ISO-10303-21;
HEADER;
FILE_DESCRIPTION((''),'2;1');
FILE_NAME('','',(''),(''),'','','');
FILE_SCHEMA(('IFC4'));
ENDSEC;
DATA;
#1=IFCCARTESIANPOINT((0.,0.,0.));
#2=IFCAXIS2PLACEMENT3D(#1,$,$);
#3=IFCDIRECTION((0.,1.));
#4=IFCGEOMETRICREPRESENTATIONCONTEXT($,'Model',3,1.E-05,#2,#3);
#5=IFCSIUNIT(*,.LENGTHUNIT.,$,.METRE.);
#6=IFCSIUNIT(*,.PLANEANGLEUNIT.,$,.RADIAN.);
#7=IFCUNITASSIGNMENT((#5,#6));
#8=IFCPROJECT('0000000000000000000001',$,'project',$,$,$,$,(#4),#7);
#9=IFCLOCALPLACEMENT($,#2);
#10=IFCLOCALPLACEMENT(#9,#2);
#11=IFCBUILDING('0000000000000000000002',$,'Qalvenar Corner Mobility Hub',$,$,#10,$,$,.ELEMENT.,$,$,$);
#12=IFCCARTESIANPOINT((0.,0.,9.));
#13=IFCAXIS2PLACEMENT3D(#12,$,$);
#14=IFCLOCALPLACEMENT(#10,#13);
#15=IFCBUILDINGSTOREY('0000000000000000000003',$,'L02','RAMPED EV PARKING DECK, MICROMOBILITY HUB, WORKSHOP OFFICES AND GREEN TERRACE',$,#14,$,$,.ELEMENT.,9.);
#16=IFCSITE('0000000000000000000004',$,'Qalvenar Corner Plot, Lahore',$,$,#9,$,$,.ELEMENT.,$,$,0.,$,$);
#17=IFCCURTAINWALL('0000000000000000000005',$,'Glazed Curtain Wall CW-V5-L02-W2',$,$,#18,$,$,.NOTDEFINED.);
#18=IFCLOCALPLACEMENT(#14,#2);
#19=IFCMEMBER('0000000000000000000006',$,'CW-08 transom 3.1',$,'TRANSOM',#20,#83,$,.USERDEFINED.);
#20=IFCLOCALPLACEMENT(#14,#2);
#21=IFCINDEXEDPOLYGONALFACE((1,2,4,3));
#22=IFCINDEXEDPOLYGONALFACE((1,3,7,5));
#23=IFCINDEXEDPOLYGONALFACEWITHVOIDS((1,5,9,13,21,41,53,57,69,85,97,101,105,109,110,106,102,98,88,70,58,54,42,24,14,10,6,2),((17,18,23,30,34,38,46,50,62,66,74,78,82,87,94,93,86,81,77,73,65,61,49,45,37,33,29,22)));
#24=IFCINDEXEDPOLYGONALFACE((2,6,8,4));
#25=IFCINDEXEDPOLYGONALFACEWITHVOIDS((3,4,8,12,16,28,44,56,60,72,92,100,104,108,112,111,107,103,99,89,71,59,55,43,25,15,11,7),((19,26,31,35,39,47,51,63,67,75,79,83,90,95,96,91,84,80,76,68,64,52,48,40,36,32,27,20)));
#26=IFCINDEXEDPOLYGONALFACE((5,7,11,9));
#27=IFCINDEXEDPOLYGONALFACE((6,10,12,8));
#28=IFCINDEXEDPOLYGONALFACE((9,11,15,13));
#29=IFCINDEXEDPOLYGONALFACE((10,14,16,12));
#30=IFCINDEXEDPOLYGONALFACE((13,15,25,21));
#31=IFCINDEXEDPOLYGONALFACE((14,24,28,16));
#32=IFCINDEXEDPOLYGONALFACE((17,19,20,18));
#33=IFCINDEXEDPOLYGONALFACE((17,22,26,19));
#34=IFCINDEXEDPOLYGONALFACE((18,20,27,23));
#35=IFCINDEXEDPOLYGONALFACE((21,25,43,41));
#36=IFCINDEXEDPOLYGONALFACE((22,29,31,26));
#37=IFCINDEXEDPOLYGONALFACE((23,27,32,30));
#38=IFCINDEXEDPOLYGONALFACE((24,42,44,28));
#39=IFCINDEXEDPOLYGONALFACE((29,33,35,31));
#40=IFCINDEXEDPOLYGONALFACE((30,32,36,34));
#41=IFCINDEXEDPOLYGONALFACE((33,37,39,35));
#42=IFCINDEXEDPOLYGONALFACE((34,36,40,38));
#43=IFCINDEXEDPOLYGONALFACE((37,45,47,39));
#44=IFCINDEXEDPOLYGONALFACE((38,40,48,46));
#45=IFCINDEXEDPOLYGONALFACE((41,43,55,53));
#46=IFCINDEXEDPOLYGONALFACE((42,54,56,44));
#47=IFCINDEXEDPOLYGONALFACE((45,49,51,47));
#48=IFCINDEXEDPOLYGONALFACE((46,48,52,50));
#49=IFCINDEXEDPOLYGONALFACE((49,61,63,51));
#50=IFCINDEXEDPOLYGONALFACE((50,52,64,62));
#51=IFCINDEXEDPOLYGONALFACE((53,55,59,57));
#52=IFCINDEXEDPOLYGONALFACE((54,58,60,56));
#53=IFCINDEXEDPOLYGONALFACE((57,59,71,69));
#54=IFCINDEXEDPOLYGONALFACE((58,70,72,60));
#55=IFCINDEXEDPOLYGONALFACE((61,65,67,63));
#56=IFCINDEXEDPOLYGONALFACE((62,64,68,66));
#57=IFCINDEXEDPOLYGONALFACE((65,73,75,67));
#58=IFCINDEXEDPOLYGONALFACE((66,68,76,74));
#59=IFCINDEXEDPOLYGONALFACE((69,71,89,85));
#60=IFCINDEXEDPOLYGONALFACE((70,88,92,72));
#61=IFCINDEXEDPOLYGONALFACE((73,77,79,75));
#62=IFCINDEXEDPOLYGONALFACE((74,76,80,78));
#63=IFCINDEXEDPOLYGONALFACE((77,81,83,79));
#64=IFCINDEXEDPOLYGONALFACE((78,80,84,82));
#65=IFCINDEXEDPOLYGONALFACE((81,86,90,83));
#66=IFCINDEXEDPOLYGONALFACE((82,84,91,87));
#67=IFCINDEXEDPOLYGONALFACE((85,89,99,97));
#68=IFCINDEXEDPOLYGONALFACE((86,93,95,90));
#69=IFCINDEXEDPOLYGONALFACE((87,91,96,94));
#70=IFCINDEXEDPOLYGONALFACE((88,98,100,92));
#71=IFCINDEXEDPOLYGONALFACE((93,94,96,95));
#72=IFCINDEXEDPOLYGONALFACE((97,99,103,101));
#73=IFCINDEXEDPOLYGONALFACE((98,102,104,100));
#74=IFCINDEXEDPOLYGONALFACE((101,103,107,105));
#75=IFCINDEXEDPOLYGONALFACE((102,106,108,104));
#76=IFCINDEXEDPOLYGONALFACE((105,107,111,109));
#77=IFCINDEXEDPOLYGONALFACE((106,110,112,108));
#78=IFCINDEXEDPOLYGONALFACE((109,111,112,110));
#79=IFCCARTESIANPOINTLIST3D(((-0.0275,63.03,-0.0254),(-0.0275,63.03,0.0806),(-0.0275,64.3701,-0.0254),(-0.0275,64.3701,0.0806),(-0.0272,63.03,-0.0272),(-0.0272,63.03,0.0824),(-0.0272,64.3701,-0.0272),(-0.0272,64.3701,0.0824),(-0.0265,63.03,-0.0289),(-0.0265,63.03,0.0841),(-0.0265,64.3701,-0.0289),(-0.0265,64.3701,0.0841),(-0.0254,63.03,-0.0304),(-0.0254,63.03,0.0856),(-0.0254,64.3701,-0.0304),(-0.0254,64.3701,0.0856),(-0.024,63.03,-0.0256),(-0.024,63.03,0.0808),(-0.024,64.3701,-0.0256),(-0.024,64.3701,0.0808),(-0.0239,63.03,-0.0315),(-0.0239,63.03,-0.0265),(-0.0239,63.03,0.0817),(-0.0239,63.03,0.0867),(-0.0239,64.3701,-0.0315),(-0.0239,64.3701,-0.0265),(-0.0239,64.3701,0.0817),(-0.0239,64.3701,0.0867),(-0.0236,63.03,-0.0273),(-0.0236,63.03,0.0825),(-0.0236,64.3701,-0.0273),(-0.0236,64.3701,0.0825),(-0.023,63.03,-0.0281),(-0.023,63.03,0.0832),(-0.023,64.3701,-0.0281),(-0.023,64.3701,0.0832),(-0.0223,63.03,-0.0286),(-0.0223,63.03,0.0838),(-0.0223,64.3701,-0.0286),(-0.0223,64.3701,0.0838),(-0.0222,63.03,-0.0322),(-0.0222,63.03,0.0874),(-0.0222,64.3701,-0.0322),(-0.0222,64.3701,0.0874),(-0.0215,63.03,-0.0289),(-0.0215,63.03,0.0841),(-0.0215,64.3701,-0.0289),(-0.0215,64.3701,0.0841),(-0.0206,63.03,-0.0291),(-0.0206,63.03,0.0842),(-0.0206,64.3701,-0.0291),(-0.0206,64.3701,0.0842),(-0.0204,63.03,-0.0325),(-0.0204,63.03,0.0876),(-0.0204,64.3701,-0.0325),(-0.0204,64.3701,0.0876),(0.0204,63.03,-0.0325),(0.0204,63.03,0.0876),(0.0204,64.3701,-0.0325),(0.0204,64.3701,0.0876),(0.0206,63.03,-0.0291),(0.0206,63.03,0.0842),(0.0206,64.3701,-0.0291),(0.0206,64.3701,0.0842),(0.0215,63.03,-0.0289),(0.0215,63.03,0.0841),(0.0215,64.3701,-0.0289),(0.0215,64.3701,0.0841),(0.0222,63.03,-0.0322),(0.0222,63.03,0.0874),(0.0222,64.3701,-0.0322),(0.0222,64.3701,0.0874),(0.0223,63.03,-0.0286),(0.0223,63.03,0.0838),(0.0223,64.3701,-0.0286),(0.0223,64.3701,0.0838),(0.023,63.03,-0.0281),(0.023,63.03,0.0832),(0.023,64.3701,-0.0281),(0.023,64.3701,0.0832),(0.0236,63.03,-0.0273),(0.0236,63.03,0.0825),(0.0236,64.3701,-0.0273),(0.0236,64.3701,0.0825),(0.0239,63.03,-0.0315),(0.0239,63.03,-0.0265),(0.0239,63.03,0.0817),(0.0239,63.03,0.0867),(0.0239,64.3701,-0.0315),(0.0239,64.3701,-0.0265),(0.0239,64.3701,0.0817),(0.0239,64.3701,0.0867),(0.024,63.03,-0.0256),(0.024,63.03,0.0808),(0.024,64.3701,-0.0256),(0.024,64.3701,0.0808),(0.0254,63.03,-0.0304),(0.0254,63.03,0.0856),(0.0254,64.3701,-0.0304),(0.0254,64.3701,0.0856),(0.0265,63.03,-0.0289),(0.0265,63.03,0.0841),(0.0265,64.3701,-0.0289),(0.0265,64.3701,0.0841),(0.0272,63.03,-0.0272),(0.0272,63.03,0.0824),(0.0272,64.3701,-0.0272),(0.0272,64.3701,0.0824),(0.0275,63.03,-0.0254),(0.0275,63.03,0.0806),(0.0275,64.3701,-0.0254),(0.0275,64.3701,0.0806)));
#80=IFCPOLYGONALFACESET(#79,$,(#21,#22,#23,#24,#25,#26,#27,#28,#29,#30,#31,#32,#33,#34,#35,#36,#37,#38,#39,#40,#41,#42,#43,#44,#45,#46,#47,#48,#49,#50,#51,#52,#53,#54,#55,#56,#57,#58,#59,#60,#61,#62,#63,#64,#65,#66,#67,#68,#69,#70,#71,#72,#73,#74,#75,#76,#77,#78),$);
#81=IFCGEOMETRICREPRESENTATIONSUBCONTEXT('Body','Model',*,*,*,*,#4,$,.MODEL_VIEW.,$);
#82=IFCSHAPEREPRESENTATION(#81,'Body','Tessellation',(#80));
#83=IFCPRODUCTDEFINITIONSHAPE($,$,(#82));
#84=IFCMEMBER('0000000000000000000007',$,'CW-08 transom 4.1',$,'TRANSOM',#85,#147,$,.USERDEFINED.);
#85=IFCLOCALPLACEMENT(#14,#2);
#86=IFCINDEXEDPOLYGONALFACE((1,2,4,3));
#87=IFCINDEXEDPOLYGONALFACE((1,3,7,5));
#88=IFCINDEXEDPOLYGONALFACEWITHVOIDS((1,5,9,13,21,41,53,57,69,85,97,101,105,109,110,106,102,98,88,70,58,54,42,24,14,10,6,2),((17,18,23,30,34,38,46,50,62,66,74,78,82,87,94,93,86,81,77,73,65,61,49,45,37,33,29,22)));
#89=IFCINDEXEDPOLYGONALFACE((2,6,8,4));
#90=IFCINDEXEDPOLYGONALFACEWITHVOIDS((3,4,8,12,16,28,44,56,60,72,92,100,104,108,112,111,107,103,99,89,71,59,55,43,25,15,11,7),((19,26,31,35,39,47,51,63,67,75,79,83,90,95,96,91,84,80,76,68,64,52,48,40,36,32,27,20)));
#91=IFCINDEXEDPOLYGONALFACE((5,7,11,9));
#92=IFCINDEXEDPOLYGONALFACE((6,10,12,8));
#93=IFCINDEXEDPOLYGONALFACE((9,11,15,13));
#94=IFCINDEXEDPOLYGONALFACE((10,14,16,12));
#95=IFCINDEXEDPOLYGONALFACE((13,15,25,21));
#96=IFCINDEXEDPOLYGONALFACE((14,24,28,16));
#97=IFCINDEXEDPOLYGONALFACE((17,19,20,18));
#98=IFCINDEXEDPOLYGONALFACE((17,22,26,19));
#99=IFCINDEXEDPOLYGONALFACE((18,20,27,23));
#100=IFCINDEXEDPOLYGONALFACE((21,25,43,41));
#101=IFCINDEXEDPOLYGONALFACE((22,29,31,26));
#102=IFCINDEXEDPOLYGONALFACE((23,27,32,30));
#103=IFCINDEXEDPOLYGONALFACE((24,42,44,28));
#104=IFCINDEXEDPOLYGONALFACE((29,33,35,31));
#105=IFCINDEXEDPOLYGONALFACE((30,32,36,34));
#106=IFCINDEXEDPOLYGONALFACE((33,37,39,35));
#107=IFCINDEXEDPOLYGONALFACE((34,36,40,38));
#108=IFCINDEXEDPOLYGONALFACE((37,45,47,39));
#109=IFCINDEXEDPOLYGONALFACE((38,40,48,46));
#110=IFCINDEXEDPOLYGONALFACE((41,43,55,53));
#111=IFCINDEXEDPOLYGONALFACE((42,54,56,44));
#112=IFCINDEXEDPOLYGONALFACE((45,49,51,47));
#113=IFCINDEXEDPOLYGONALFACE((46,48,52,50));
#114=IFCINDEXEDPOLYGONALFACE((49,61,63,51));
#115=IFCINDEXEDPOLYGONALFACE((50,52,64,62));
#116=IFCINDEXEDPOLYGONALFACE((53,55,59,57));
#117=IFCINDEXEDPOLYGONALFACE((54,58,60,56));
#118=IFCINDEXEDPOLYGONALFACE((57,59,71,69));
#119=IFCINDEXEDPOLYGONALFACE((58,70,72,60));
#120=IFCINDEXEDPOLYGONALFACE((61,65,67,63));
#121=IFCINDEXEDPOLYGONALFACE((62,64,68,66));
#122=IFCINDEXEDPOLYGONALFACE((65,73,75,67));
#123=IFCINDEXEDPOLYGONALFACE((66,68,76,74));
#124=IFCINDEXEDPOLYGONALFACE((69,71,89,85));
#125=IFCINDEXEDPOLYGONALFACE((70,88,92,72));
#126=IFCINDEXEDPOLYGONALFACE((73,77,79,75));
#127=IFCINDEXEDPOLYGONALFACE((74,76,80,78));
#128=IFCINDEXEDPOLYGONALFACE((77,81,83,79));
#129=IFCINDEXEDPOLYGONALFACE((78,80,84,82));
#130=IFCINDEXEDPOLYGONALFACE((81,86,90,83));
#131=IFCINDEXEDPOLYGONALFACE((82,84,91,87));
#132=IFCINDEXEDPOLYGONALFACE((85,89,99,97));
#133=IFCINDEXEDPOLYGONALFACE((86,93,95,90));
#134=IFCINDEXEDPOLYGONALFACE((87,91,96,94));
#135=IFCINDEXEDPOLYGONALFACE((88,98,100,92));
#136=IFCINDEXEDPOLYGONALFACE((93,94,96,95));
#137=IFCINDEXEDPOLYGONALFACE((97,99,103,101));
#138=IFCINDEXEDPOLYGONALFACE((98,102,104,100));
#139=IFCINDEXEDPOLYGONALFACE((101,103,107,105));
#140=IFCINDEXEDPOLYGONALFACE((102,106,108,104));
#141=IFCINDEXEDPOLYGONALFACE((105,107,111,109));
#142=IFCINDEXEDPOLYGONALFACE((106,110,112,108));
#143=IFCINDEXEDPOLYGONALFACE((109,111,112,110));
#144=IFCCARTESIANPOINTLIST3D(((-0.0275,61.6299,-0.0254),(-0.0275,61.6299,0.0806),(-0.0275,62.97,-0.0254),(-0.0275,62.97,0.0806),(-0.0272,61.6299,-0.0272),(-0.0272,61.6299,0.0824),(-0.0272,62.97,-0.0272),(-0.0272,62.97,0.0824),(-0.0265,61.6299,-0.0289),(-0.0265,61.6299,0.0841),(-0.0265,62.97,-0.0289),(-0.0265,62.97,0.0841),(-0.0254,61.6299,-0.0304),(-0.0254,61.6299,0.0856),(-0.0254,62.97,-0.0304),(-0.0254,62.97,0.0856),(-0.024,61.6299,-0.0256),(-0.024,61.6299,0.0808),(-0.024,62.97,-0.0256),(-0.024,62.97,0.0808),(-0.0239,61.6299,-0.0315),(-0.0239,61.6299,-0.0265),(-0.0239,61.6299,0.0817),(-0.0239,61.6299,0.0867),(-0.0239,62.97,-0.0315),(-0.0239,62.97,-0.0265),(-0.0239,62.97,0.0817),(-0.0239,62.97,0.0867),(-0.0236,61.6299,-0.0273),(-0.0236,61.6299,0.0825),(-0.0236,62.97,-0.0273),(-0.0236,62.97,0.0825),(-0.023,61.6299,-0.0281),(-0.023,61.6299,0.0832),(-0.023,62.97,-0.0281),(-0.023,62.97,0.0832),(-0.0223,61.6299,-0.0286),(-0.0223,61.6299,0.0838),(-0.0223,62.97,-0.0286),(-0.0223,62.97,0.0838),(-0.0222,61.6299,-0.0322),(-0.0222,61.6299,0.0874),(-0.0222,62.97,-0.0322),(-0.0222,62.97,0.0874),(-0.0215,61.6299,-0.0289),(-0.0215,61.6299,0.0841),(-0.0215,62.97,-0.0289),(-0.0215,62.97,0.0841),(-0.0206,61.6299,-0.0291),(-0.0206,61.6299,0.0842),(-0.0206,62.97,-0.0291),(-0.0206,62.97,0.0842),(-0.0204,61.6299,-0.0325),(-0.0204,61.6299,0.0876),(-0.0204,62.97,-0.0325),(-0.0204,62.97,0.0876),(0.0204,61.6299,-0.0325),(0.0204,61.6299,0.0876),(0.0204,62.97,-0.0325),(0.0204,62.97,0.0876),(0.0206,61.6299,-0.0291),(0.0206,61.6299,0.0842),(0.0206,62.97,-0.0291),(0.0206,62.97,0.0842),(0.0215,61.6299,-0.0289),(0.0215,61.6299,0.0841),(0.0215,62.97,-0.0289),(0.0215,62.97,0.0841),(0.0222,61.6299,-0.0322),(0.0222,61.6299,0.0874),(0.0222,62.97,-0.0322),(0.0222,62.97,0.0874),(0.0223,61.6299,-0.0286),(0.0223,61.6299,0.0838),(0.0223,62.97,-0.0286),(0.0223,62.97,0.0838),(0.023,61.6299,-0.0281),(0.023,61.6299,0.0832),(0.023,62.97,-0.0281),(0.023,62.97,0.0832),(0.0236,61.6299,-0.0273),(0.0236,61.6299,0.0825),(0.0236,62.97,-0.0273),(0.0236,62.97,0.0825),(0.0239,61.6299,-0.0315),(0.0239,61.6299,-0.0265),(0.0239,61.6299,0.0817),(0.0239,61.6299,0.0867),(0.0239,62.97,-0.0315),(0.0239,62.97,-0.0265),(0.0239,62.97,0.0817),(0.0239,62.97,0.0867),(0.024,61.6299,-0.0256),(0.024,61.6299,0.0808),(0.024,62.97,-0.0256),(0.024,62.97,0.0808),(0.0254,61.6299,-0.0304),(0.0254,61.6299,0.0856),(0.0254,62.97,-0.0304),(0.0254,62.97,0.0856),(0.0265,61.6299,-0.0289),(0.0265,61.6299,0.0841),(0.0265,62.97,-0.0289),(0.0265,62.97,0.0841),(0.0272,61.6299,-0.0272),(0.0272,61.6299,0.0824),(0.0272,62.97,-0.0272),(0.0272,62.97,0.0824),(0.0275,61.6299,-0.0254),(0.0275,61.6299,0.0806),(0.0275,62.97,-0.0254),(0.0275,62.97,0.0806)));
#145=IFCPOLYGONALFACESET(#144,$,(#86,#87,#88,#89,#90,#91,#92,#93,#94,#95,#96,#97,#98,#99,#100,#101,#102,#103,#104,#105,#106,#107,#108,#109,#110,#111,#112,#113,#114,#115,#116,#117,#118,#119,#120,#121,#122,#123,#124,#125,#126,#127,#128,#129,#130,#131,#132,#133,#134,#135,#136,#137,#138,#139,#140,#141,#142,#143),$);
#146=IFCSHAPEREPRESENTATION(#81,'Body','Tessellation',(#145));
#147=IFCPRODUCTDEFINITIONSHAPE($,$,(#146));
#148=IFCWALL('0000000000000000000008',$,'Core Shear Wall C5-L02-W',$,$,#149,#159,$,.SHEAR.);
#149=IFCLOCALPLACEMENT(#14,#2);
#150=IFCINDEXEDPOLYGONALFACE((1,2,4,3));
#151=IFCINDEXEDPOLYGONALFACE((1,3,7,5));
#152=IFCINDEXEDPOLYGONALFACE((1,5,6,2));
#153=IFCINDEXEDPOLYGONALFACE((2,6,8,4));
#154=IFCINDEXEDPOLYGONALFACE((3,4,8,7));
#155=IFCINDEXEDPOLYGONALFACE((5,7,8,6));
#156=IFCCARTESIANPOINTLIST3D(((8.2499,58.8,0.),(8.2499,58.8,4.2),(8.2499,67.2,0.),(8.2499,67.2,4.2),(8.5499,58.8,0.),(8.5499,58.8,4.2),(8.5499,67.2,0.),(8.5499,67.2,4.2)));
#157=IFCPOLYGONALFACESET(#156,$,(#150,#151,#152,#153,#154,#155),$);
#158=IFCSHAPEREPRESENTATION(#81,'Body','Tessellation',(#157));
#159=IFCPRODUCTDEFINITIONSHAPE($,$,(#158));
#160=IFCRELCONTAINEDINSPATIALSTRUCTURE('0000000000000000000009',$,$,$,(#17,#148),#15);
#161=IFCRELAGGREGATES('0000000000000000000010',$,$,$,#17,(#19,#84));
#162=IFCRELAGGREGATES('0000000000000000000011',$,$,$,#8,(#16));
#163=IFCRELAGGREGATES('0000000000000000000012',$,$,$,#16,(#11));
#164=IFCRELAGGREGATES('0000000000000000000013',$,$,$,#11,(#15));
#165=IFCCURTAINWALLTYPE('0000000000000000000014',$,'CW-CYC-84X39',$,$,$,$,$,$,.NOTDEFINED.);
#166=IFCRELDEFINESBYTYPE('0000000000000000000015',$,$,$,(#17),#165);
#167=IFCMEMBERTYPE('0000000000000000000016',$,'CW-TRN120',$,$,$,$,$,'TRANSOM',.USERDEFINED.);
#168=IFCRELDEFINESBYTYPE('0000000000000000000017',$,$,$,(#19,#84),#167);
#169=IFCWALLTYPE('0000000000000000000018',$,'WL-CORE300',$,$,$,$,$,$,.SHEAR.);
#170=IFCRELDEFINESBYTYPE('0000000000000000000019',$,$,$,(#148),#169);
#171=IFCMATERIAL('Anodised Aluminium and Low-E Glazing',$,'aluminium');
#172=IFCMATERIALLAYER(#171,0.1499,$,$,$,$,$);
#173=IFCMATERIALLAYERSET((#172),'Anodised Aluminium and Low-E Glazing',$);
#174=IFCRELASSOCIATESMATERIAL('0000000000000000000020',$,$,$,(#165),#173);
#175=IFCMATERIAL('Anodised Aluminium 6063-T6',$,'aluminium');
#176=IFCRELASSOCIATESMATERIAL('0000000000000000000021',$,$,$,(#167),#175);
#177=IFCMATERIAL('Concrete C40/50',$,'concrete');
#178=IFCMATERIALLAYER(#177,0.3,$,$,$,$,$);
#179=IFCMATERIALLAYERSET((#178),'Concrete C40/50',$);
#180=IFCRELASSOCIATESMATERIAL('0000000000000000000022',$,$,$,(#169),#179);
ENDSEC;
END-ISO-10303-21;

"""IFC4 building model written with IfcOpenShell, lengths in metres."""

from ifc_helpers import new_model, si_unit, direction, frame, frame_2d, origin, origin_2d, place, context, subcontext, project, spatial, rectangle, hollow_rectangle, extrude, material, layer, layer_set, material_profile, profile_set, type_object, element, aggregate, save


model = new_model("IFC4")

# Units and contexts
model_context = context("Model", 3, precision=1e-05, world=origin(), true_north=direction((0.0, 1.0)))
body_context = subcontext(model_context, "Body", "Model", "MODEL_VIEW")
ifc_project = project(units=[si_unit("LENGTHUNIT", "METRE"), si_unit("PLANEANGLEUNIT", "RADIAN")], contexts=[model_context])

# Site, building, storey
site_placement = place(None, origin())
site = spatial("IfcSite", under=ifc_project, at=site_placement, Name="Qalvenar Corner Plot, Lahore", CompositionType="ELEMENT", RefElevation=0.0)
building_placement = place(site_placement, origin())
building = spatial("IfcBuilding", under=site, at=building_placement, Name="Qalvenar Corner Mobility Hub", CompositionType="ELEMENT")
storey_placement = place(building_placement, frame((0.0, 0.0, 9.0)))
storey = spatial("IfcBuildingStorey", under=building, at=storey_placement, Name="L02", Description="RAMPED EV PARKING DECK, MICROMOBILITY HUB, WORKSHOP OFFICES AND GREEN TERRACE", CompositionType="ELEMENT", Elevation=9.0)

# Curtain wall, members
ifc_material_1 = material(Name="Anodised Aluminium and Low-E Glazing", Category="aluminium")
ifc_layer_1 = layer(ifc_material_1, 0.1499)
ifc_layer_set_1 = layer_set([ifc_layer_1], Name="Anodised Aluminium and Low-E Glazing")
curtain_wall_type = type_object("IfcCurtainWallType", Name="CW-CYC-84X39", PredefinedType="NOTDEFINED", material=ifc_layer_set_1)
curtain_wall_placement = place(storey_placement, origin())
curtain_wall = element("IfcCurtainWall", 1, at=curtain_wall_placement, inside=storey, type_object=curtain_wall_type, Name="Glazed Curtain Wall CW-V5-L02-W2", PredefinedType="NOTDEFINED")
ifc_material_2 = material(Name="Anodised Aluminium 6063-T6", Category="aluminium")
ifc_material_profile_1 = material_profile(ifc_material_2, hollow_rectangle(XDim=0.0549, YDim=0.1201, WallThickness=0.0034, InnerFilletRadius=0.0034, OuterFilletRadius=0.0071, at=origin_2d()), Name="RHS120x55x3.5")
ifc_profile_set_1 = profile_set([ifc_material_profile_1], Name="Anodised Aluminium 6063-T6")
member_type_1 = type_object("IfcMemberType", Name="CW-TRN120", ElementType="TRANSOM", PredefinedType="USERDEFINED", material=ifc_profile_set_1)
member_1_placement = place(storey_placement, frame((0.0, 64.3701, 0.0276), z_axis=(0.0, -1.0, 0.0), x_axis=(1.0, 0.0, 0.0)))
member_1 = element("IfcMember", 2, at=member_1_placement, type_object=member_type_1, Name="CW-08 transom 3.1", ObjectType="TRANSOM", PredefinedType="USERDEFINED", context=body_context, shape_type="SweptSolid", body=[
    extrude(hollow_rectangle(XDim=0.0549, YDim=0.1201, WallThickness=0.0034, InnerFilletRadius=0.0034, OuterFilletRadius=0.0071, at=origin_2d()), origin(), (0.0, 0.0, 1.0), 1.3401),
])
member_2_placement = place(storey_placement, frame((0.0, 62.97, 0.0276), z_axis=(0.0, -1.0, 0.0), x_axis=(1.0, 0.0, 0.0)))
member_2 = element("IfcMember", 3, at=member_2_placement, type_object=member_type_1, Name="CW-08 transom 4.1", ObjectType="TRANSOM", PredefinedType="USERDEFINED", context=body_context, shape_type="SweptSolid", body=[
    extrude(hollow_rectangle(XDim=0.0549, YDim=0.1201, WallThickness=0.0034, InnerFilletRadius=0.0034, OuterFilletRadius=0.0071, at=origin_2d()), origin(), (0.0, 0.0, 1.0), 1.3401),
])
aggregate(curtain_wall, [member_1, member_2])

# Wall
ifc_material_3 = material(Name="Concrete C40/50", Category="concrete")
ifc_layer_2 = layer(ifc_material_3, 0.3)
ifc_layer_set_2 = layer_set([ifc_layer_2], Name="Concrete C40/50")
wall_type = type_object("IfcWallType", Name="WL-CORE300", PredefinedType="SHEAR", material=ifc_layer_set_2)
wall_placement = place(storey_placement, frame((8.3999, 67.2, 0.0), z_axis=(0.0, 0.0, 1.0), x_axis=(0.0, -1.0, 0.0)))
element("IfcWall", 4, at=wall_placement, inside=storey, type_object=wall_type, Name="Core Shear Wall C5-L02-W", PredefinedType="SHEAR", context=body_context, shape_type="SweptSolid", body=[
    extrude(rectangle(XDim=8.3999, YDim=0.3, at=frame_2d((4.2, 0.0))), origin(), (0.0, 0.0, 1.0), 4.2),
])

save(model, "model.ifc")
